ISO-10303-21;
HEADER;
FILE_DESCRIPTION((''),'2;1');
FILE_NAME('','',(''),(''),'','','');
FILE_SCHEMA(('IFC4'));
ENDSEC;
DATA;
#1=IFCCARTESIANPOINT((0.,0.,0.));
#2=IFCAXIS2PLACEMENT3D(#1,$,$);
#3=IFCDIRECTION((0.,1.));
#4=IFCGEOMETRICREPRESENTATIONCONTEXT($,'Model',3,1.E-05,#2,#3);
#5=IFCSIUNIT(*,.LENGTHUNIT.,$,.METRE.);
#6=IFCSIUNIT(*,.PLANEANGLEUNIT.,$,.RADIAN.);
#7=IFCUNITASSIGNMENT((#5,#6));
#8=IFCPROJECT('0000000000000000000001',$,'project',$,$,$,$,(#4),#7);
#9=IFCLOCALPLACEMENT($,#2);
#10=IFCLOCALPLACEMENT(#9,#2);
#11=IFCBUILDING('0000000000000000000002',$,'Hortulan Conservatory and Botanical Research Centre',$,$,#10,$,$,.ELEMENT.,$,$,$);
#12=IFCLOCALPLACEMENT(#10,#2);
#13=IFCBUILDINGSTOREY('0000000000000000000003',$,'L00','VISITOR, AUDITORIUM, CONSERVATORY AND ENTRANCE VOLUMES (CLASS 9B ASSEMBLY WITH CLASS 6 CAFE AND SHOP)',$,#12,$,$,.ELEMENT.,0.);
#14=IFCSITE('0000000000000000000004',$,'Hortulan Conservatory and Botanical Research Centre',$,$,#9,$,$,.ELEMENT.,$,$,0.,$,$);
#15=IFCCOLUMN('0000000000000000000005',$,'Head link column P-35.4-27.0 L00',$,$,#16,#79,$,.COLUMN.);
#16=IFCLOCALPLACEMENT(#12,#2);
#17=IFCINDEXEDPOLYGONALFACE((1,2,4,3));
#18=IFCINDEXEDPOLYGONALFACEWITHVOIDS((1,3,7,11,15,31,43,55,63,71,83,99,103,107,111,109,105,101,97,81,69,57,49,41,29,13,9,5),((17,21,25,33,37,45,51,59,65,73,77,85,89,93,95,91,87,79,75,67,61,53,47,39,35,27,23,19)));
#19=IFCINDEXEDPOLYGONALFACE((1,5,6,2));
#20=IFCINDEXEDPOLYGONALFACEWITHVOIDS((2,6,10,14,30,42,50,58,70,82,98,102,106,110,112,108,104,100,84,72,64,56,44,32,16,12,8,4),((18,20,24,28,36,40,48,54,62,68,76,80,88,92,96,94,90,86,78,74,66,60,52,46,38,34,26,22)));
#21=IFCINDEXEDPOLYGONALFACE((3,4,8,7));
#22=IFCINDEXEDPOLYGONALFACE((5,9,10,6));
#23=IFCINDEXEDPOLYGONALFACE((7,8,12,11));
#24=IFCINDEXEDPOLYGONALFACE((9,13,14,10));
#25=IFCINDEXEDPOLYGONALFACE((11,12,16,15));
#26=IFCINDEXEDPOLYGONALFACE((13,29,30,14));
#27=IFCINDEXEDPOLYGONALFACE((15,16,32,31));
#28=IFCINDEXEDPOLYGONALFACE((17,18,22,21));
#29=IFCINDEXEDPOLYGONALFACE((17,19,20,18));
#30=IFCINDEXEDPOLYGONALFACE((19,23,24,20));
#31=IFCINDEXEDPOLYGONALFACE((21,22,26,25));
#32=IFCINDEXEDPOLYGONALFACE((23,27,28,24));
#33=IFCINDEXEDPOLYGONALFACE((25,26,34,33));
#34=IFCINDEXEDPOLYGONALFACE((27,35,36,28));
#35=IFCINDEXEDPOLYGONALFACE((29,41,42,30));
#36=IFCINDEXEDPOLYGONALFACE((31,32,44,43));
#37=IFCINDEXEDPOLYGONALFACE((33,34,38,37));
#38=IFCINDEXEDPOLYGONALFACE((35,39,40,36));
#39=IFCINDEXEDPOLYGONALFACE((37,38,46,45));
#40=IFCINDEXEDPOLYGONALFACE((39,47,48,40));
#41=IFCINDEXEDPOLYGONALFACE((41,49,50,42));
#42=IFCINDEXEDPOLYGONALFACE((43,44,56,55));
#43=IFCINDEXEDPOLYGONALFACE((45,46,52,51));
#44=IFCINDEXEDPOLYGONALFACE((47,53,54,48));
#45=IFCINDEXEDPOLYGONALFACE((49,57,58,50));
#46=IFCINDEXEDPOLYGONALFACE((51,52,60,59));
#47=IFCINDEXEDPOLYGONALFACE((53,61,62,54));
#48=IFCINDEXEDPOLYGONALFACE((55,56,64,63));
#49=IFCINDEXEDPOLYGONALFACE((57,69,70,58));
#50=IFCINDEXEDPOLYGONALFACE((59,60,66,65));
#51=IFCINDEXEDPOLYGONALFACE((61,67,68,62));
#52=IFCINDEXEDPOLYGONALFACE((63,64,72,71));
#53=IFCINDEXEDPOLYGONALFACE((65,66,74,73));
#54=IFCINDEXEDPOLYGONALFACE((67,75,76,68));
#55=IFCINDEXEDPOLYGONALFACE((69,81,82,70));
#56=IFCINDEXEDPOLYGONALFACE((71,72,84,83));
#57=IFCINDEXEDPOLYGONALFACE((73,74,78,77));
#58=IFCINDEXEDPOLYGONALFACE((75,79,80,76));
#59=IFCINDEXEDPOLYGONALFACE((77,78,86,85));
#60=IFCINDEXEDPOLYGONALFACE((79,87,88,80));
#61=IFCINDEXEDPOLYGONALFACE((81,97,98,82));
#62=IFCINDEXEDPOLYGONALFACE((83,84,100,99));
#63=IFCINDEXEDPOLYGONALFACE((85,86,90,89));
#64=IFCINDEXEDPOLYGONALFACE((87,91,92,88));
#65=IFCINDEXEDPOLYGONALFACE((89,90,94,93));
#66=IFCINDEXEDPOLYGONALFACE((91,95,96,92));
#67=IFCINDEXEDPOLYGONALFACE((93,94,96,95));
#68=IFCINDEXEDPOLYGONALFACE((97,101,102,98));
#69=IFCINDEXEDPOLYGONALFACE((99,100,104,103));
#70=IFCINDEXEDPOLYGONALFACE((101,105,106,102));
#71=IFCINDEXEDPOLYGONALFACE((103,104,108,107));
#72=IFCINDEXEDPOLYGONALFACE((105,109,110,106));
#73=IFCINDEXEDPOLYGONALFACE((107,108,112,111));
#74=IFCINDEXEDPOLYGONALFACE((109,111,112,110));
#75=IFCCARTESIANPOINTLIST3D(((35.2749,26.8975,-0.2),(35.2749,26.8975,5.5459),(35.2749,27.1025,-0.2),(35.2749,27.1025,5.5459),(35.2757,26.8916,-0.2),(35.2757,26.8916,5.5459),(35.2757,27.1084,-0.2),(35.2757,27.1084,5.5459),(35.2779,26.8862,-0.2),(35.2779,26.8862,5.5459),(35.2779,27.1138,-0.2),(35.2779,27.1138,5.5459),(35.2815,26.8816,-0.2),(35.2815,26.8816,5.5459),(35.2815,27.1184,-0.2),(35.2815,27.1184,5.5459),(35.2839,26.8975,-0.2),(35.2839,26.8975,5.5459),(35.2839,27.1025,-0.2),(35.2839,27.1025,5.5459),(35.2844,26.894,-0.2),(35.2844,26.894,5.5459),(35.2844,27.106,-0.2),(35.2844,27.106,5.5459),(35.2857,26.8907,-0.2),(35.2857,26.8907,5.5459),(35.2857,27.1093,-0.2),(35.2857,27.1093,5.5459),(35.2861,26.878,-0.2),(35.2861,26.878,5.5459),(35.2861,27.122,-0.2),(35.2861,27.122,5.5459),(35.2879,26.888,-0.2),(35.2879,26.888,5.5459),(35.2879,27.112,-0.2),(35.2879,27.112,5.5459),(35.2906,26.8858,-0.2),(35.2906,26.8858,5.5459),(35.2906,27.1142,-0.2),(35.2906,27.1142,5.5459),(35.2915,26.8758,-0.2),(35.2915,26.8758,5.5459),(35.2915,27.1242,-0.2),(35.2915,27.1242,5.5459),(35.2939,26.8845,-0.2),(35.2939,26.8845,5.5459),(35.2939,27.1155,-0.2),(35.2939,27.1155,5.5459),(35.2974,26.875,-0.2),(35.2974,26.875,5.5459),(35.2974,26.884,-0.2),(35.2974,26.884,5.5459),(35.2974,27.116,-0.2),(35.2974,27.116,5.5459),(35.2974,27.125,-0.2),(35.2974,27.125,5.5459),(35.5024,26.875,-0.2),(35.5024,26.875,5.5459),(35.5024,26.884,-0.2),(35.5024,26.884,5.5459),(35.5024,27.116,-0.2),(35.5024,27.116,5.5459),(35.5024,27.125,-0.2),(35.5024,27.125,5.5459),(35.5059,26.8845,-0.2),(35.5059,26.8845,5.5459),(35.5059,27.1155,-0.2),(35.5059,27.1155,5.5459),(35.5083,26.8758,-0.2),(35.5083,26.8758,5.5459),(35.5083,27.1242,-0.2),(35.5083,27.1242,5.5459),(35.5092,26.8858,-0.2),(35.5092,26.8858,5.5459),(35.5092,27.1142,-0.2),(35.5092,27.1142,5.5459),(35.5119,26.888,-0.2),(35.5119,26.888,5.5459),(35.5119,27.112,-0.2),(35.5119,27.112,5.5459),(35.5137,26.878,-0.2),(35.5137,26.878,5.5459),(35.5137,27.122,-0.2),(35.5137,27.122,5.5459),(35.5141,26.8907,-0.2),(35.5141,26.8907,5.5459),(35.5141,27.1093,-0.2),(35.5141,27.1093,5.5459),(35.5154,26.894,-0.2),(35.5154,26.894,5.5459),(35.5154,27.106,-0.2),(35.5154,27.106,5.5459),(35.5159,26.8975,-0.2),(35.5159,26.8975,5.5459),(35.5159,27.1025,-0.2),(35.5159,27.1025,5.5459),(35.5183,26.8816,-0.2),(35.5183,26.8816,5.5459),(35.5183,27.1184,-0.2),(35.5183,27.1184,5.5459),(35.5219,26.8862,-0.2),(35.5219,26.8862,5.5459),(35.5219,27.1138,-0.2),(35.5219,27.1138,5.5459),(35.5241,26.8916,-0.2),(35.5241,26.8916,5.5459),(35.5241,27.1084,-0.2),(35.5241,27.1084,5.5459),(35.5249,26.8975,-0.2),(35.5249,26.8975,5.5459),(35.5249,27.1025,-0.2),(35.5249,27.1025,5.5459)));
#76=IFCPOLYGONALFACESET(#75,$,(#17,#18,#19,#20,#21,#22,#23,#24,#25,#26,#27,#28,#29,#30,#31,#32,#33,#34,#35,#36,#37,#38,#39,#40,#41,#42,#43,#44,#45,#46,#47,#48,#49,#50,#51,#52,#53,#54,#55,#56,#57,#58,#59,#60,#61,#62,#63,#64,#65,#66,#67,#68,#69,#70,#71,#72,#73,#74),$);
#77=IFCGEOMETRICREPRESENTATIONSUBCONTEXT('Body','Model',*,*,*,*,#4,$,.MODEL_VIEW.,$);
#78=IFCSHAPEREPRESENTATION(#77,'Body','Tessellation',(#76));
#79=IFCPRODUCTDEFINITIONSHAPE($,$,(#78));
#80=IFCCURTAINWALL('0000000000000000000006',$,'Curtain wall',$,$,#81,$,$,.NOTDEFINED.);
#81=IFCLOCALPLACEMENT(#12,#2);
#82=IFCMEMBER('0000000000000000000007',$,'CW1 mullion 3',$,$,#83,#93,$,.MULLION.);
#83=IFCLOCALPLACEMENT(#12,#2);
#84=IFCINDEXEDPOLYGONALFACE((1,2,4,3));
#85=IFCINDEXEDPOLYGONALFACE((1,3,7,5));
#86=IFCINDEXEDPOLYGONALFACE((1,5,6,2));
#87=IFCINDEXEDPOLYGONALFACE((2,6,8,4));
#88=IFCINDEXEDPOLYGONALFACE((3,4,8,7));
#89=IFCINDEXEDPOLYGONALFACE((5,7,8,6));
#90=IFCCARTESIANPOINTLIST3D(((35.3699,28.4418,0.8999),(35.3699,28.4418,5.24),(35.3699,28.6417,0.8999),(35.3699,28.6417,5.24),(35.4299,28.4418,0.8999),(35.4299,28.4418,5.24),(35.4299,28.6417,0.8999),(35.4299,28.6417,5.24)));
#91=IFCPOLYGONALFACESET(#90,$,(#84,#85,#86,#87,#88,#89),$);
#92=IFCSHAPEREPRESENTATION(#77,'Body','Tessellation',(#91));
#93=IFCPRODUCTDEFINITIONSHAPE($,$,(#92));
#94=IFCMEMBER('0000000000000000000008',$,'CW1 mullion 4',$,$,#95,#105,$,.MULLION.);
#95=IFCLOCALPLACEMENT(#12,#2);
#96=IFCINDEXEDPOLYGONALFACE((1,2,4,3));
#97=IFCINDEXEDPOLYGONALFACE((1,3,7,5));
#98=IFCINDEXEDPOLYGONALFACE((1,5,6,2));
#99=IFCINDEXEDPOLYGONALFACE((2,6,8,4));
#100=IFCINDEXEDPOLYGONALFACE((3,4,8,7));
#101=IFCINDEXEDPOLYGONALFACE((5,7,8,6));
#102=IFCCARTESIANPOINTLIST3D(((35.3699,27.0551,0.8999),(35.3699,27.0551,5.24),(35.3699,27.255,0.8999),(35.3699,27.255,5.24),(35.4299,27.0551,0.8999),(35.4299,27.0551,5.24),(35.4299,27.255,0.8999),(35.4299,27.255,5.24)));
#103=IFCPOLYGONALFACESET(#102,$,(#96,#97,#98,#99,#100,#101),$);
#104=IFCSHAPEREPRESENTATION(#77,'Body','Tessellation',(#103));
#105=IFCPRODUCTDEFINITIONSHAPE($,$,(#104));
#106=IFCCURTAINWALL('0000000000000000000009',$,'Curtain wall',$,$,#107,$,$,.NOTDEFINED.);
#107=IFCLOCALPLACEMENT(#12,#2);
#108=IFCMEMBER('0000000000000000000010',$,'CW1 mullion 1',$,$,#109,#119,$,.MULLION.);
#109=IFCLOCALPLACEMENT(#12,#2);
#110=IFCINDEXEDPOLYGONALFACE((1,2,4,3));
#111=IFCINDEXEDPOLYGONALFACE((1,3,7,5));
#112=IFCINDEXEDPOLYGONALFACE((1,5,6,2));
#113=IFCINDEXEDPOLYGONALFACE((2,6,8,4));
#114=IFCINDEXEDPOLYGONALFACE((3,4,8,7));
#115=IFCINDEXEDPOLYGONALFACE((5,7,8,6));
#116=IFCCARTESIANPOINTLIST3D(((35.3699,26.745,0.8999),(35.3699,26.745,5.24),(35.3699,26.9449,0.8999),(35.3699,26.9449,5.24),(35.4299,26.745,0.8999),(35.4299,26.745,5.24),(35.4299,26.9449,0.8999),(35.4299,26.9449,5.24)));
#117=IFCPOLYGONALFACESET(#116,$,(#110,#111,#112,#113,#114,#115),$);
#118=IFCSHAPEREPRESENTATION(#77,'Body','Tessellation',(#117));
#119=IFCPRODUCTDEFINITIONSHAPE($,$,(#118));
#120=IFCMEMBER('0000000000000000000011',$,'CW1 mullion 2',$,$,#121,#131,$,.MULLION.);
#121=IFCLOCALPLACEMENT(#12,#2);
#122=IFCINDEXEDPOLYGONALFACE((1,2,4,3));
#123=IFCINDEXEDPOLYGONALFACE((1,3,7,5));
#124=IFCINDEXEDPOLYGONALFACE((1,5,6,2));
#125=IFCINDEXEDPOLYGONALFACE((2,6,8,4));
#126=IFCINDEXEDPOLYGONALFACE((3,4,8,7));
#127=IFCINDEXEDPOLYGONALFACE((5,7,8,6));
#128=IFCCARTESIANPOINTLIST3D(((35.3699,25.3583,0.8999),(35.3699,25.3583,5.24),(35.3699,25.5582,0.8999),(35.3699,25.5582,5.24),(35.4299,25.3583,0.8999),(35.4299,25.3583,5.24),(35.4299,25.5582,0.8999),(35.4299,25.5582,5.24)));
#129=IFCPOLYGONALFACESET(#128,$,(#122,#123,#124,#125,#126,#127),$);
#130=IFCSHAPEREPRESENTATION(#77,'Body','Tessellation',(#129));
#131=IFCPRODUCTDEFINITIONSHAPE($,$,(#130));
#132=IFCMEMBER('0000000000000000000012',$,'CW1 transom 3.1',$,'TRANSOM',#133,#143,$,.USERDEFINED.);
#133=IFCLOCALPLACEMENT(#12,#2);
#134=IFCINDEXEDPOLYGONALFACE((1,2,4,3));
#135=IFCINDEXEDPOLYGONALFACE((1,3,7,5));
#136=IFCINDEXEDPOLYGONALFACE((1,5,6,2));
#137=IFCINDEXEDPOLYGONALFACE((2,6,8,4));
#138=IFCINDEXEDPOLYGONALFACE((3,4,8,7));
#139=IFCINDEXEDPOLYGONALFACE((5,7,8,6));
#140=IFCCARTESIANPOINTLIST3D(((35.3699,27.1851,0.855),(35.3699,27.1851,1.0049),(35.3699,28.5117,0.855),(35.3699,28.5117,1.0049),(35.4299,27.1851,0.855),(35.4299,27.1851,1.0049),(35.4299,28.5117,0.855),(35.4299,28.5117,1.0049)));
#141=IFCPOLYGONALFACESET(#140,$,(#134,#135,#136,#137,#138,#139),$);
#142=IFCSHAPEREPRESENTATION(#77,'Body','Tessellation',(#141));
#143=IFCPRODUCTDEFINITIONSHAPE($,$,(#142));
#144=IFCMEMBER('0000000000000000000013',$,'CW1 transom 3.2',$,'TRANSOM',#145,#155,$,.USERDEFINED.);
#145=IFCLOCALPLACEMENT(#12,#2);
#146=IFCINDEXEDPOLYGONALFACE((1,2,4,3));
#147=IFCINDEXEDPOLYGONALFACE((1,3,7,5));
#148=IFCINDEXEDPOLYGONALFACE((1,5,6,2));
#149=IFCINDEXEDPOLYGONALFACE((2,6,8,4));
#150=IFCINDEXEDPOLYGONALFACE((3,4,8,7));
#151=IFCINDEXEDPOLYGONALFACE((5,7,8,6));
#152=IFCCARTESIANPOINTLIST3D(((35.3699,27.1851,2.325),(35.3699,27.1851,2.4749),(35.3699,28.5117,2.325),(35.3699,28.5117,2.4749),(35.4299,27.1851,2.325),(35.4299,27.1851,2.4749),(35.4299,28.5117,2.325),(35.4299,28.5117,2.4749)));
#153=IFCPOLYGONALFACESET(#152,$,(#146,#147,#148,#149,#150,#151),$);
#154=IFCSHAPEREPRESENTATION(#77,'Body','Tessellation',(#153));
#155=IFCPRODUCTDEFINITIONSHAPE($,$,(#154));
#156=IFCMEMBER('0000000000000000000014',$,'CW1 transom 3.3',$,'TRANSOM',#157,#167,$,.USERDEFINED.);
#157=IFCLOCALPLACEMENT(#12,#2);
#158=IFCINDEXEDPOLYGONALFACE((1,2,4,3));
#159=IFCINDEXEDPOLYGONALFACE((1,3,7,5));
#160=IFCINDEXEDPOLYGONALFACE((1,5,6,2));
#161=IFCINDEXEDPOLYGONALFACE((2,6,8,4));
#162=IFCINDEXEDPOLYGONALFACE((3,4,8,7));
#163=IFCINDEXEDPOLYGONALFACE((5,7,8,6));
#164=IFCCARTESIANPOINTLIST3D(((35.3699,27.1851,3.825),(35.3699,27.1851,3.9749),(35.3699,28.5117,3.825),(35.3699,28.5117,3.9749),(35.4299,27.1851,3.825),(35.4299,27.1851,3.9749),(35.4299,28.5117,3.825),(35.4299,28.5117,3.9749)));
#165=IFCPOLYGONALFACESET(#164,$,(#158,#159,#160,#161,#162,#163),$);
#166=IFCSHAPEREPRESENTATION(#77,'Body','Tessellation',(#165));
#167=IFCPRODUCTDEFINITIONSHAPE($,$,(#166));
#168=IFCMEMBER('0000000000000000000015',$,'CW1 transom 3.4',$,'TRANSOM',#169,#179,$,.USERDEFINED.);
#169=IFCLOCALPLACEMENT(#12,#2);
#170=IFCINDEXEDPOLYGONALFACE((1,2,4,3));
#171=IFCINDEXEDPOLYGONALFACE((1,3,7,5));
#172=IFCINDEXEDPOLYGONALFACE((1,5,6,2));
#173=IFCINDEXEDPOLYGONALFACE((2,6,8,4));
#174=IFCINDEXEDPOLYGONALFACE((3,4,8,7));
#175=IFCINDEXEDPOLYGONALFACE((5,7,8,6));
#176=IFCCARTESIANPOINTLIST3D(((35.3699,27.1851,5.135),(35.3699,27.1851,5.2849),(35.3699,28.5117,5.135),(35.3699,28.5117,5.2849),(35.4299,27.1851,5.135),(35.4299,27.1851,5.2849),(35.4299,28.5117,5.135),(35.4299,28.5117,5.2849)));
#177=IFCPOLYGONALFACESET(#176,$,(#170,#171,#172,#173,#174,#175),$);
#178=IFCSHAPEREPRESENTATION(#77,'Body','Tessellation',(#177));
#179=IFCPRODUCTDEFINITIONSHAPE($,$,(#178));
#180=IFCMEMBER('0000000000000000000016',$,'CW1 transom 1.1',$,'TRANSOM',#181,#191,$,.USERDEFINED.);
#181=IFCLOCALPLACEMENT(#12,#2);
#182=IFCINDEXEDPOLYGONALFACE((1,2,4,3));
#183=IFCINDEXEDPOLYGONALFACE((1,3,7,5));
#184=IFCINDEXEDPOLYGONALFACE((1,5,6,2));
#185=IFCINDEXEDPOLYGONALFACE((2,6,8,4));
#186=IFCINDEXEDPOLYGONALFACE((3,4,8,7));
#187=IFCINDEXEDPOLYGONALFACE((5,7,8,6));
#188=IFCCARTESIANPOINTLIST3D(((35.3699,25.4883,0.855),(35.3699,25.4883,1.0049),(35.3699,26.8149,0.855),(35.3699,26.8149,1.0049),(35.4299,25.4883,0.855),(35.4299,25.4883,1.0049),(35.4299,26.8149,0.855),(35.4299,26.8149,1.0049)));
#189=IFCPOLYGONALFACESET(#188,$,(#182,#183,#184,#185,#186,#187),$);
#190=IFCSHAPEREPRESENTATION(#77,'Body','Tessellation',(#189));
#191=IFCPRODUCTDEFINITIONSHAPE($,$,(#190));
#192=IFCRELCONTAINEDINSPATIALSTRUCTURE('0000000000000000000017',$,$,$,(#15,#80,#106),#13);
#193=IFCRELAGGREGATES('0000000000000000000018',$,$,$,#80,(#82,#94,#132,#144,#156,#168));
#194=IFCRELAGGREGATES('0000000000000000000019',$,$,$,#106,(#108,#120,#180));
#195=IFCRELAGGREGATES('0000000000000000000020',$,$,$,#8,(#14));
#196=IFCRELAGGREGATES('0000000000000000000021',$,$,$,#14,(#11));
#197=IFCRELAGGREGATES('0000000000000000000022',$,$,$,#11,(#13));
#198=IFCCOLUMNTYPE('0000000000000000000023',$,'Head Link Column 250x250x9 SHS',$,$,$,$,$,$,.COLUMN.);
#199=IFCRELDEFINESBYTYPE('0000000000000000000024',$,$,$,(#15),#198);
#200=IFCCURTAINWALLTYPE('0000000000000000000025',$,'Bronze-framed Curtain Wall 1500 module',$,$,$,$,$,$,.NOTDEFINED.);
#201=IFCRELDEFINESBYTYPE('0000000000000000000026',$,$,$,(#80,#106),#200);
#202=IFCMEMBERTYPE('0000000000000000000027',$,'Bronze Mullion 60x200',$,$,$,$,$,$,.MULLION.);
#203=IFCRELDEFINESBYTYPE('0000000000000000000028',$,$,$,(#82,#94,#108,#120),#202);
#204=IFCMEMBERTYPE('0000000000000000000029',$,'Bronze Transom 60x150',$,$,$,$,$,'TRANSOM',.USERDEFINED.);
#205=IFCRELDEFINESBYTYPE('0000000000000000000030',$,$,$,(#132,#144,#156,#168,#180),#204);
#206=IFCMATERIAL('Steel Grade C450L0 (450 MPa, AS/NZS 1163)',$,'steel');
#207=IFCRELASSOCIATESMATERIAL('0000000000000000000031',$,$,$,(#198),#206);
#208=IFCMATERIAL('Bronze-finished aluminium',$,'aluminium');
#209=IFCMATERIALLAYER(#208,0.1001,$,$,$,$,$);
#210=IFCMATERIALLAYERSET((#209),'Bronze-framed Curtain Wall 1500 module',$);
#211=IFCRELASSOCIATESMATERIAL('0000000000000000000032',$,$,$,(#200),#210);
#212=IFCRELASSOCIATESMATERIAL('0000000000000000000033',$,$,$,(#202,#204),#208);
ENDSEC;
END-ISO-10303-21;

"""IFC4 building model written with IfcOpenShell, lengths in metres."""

from ifc_helpers import new_model, si_unit, direction, frame, origin, origin_2d, place, context, subcontext, project, spatial, rectangle, hollow_rectangle, extrude, material, layer, layer_set, material_profile, profile_set, type_object, element, aggregate, save


model = new_model("IFC4")

# Units and contexts
model_context = context("Model", 3, precision=1e-05, world=origin(), true_north=direction((0.0, 1.0)))
body_context = subcontext(model_context, "Body", "Model", "MODEL_VIEW")
ifc_project = project(units=[si_unit("LENGTHUNIT", "METRE"), si_unit("PLANEANGLEUNIT", "RADIAN")], contexts=[model_context])

# Site, building, storey
site_placement = place(None, origin())
site = spatial("IfcSite", under=ifc_project, at=site_placement, Name="Hortulan Conservatory and Botanical Research Centre", CompositionType="ELEMENT", RefElevation=0.0)
building_placement = place(site_placement, origin())
building = spatial("IfcBuilding", under=site, at=building_placement, Name="Hortulan Conservatory and Botanical Research Centre", CompositionType="ELEMENT")
storey_placement = place(building_placement, origin())
storey = spatial("IfcBuildingStorey", under=building, at=storey_placement, Name="L00", Description="VISITOR, AUDITORIUM, CONSERVATORY AND ENTRANCE VOLUMES (CLASS 9B ASSEMBLY WITH CLASS 6 CAFE AND SHOP)", CompositionType="ELEMENT", Elevation=0.0)

# Column
ifc_material_1 = material(Name="Steel Grade C450L0 (450 MPa, AS/NZS 1163)", Category="steel")
ifc_material_profile_1 = material_profile(ifc_material_1, hollow_rectangle(XDim=0.25, YDim=0.25, WallThickness=0.009, InnerFilletRadius=0.0134, OuterFilletRadius=0.0225, at=origin_2d()), Name="250x250x9SHS")
ifc_profile_set_1 = profile_set([ifc_material_profile_1], Name="Steel Grade C450L0 (450 MPa, AS/NZS 1163)")
column_type = type_object("IfcColumnType", Name="Head Link Column 250x250x9 SHS", PredefinedType="COLUMN", material=ifc_profile_set_1)
column_placement = place(storey_placement, frame((35.3999, 27.0, -0.2), z_axis=(0.0, 0.0, 1.0), x_axis=(1.0, 0.0, 0.0)))
element("IfcColumn", 1, at=column_placement, inside=storey, type_object=column_type, Name="Head link column P-35.4-27.0 L00", PredefinedType="COLUMN", context=body_context, shape_type="SweptSolid", body=[
    extrude(hollow_rectangle(XDim=0.25, YDim=0.25, WallThickness=0.009, InnerFilletRadius=0.0134, OuterFilletRadius=0.0225, at=origin_2d()), origin(), (0.0, 0.0, 1.0), 5.7458),
])

# Curtain walls, members
ifc_material_2 = material(Name="Bronze-finished aluminium", Category="aluminium")
ifc_layer_1 = layer(ifc_material_2, 0.1001)
ifc_layer_set_1 = layer_set([ifc_layer_1], Name="Bronze-framed Curtain Wall 1500 module")
curtain_wall_type = type_object("IfcCurtainWallType", Name="Bronze-framed Curtain Wall 1500 module", PredefinedType="NOTDEFINED", material=ifc_layer_set_1)
curtain_wall_1_placement = place(storey_placement, origin())
curtain_wall_1 = element("IfcCurtainWall", 2, at=curtain_wall_1_placement, inside=storey, type_object=curtain_wall_type, Name="Curtain wall", PredefinedType="NOTDEFINED")
ifc_material_profile_2 = material_profile(ifc_material_2, rectangle(XDim=0.0601, YDim=0.2, at=origin_2d()), Name="Bronze Mullion 60x200")
ifc_profile_set_2 = profile_set([ifc_material_profile_2], Name="Bronze-finished aluminium")
member_type_1 = type_object("IfcMemberType", Name="Bronze Mullion 60x200", PredefinedType="MULLION", material=ifc_profile_set_2)
member_1_placement = place(storey_placement, frame((35.3999, 28.5417, 0.8999), z_axis=(0.0, 0.0, 1.0), x_axis=(1.0, 0.0, 0.0)))
member_1 = element("IfcMember", 3, at=member_1_placement, type_object=member_type_1, Name="CW1 mullion 3", PredefinedType="MULLION", context=body_context, shape_type="SweptSolid", body=[
    extrude(rectangle(XDim=0.0601, YDim=0.2, at=origin_2d()), origin(), (0.0, 0.0, 1.0), 4.3401),
])
member_2_placement = place(storey_placement, frame((35.3999, 27.155, 0.8999), z_axis=(0.0, 0.0, 1.0), x_axis=(1.0, 0.0, 0.0)))
member_2 = element("IfcMember", 4, at=member_2_placement, type_object=member_type_1, Name="CW1 mullion 4", PredefinedType="MULLION", context=body_context, shape_type="SweptSolid", body=[
    extrude(rectangle(XDim=0.0601, YDim=0.2, at=origin_2d()), origin(), (0.0, 0.0, 1.0), 4.3401),
])
curtain_wall_2_placement = place(storey_placement, origin())
curtain_wall_2 = element("IfcCurtainWall", 5, at=curtain_wall_2_placement, inside=storey, type_object=curtain_wall_type, Name="Curtain wall", PredefinedType="NOTDEFINED")
member_3_placement = place(storey_placement, frame((35.3999, 26.845, 0.8999), z_axis=(0.0, 0.0, 1.0), x_axis=(1.0, 0.0, 0.0)))
member_3 = element("IfcMember", 6, at=member_3_placement, type_object=member_type_1, Name="CW1 mullion 1", PredefinedType="MULLION", context=body_context, shape_type="SweptSolid", body=[
    extrude(rectangle(XDim=0.0601, YDim=0.2, at=origin_2d()), origin(), (0.0, 0.0, 1.0), 4.3401),
])
member_4_placement = place(storey_placement, frame((35.3999, 25.4583, 0.8999), z_axis=(0.0, 0.0, 1.0), x_axis=(1.0, 0.0, 0.0)))
member_4 = element("IfcMember", 7, at=member_4_placement, type_object=member_type_1, Name="CW1 mullion 2", PredefinedType="MULLION", context=body_context, shape_type="SweptSolid", body=[
    extrude(rectangle(XDim=0.0601, YDim=0.2, at=origin_2d()), origin(), (0.0, 0.0, 1.0), 4.3401),
])

# Members
ifc_material_profile_3 = material_profile(ifc_material_2, rectangle(XDim=0.0601, YDim=0.1499, at=origin_2d()), Name="Bronze Transom 60x150")
ifc_profile_set_3 = profile_set([ifc_material_profile_3], Name="Bronze-finished aluminium")
member_type_2 = type_object("IfcMemberType", Name="Bronze Transom 60x150", ElementType="TRANSOM", PredefinedType="USERDEFINED", material=ifc_profile_set_3)
member_5_placement = place(storey_placement, frame((35.3999, 28.5117, 0.9299), z_axis=(0.0, -1.0, 0.0), x_axis=(1.0, 0.0, 0.0)))
member_5 = element("IfcMember", 8, at=member_5_placement, type_object=member_type_2, Name="CW1 transom 3.1", ObjectType="TRANSOM", PredefinedType="USERDEFINED", context=body_context, shape_type="SweptSolid", body=[
    extrude(rectangle(XDim=0.0601, YDim=0.1499, at=origin_2d()), origin(), (0.0, 0.0, 1.0), 1.3267),
])
member_6_placement = place(storey_placement, frame((35.3999, 28.5117, 2.3999), z_axis=(0.0, -1.0, 0.0), x_axis=(1.0, 0.0, 0.0)))
member_6 = element("IfcMember", 9, at=member_6_placement, type_object=member_type_2, Name="CW1 transom 3.2", ObjectType="TRANSOM", PredefinedType="USERDEFINED", context=body_context, shape_type="SweptSolid", body=[
    extrude(rectangle(XDim=0.0601, YDim=0.1499, at=origin_2d()), origin(), (0.0, 0.0, 1.0), 1.3267),
])
member_7_placement = place(storey_placement, frame((35.3999, 28.5117, 3.8999), z_axis=(0.0, -1.0, 0.0), x_axis=(1.0, 0.0, 0.0)))
member_7 = element("IfcMember", 10, at=member_7_placement, type_object=member_type_2, Name="CW1 transom 3.3", ObjectType="TRANSOM", PredefinedType="USERDEFINED", context=body_context, shape_type="SweptSolid", body=[
    extrude(rectangle(XDim=0.0601, YDim=0.1499, at=origin_2d()), origin(), (0.0, 0.0, 1.0), 1.3267),
])
member_8_placement = place(storey_placement, frame((35.3999, 28.5117, 5.21), z_axis=(0.0, -1.0, 0.0), x_axis=(1.0, 0.0, 0.0)))
member_8 = element("IfcMember", 11, at=member_8_placement, type_object=member_type_2, Name="CW1 transom 3.4", ObjectType="TRANSOM", PredefinedType="USERDEFINED", context=body_context, shape_type="SweptSolid", body=[
    extrude(rectangle(XDim=0.0601, YDim=0.1499, at=origin_2d()), origin(), (0.0, 0.0, 1.0), 1.3267),
])
member_9_placement = place(storey_placement, frame((35.3999, 26.8149, 0.9299), z_axis=(0.0, -1.0, 0.0), x_axis=(1.0, 0.0, 0.0)))
member_9 = element("IfcMember", 12, at=member_9_placement, type_object=member_type_2, Name="CW1 transom 1.1", ObjectType="TRANSOM", PredefinedType="USERDEFINED", context=body_context, shape_type="SweptSolid", body=[
    extrude(rectangle(XDim=0.0601, YDim=0.1499, at=origin_2d()), origin(), (0.0, 0.0, 1.0), 1.3267),
])

aggregate(curtain_wall_1, [member_1, member_2, member_5, member_6, member_7, member_8])
aggregate(curtain_wall_2, [member_3, member_4, member_9])

save(model, "model.ifc")
